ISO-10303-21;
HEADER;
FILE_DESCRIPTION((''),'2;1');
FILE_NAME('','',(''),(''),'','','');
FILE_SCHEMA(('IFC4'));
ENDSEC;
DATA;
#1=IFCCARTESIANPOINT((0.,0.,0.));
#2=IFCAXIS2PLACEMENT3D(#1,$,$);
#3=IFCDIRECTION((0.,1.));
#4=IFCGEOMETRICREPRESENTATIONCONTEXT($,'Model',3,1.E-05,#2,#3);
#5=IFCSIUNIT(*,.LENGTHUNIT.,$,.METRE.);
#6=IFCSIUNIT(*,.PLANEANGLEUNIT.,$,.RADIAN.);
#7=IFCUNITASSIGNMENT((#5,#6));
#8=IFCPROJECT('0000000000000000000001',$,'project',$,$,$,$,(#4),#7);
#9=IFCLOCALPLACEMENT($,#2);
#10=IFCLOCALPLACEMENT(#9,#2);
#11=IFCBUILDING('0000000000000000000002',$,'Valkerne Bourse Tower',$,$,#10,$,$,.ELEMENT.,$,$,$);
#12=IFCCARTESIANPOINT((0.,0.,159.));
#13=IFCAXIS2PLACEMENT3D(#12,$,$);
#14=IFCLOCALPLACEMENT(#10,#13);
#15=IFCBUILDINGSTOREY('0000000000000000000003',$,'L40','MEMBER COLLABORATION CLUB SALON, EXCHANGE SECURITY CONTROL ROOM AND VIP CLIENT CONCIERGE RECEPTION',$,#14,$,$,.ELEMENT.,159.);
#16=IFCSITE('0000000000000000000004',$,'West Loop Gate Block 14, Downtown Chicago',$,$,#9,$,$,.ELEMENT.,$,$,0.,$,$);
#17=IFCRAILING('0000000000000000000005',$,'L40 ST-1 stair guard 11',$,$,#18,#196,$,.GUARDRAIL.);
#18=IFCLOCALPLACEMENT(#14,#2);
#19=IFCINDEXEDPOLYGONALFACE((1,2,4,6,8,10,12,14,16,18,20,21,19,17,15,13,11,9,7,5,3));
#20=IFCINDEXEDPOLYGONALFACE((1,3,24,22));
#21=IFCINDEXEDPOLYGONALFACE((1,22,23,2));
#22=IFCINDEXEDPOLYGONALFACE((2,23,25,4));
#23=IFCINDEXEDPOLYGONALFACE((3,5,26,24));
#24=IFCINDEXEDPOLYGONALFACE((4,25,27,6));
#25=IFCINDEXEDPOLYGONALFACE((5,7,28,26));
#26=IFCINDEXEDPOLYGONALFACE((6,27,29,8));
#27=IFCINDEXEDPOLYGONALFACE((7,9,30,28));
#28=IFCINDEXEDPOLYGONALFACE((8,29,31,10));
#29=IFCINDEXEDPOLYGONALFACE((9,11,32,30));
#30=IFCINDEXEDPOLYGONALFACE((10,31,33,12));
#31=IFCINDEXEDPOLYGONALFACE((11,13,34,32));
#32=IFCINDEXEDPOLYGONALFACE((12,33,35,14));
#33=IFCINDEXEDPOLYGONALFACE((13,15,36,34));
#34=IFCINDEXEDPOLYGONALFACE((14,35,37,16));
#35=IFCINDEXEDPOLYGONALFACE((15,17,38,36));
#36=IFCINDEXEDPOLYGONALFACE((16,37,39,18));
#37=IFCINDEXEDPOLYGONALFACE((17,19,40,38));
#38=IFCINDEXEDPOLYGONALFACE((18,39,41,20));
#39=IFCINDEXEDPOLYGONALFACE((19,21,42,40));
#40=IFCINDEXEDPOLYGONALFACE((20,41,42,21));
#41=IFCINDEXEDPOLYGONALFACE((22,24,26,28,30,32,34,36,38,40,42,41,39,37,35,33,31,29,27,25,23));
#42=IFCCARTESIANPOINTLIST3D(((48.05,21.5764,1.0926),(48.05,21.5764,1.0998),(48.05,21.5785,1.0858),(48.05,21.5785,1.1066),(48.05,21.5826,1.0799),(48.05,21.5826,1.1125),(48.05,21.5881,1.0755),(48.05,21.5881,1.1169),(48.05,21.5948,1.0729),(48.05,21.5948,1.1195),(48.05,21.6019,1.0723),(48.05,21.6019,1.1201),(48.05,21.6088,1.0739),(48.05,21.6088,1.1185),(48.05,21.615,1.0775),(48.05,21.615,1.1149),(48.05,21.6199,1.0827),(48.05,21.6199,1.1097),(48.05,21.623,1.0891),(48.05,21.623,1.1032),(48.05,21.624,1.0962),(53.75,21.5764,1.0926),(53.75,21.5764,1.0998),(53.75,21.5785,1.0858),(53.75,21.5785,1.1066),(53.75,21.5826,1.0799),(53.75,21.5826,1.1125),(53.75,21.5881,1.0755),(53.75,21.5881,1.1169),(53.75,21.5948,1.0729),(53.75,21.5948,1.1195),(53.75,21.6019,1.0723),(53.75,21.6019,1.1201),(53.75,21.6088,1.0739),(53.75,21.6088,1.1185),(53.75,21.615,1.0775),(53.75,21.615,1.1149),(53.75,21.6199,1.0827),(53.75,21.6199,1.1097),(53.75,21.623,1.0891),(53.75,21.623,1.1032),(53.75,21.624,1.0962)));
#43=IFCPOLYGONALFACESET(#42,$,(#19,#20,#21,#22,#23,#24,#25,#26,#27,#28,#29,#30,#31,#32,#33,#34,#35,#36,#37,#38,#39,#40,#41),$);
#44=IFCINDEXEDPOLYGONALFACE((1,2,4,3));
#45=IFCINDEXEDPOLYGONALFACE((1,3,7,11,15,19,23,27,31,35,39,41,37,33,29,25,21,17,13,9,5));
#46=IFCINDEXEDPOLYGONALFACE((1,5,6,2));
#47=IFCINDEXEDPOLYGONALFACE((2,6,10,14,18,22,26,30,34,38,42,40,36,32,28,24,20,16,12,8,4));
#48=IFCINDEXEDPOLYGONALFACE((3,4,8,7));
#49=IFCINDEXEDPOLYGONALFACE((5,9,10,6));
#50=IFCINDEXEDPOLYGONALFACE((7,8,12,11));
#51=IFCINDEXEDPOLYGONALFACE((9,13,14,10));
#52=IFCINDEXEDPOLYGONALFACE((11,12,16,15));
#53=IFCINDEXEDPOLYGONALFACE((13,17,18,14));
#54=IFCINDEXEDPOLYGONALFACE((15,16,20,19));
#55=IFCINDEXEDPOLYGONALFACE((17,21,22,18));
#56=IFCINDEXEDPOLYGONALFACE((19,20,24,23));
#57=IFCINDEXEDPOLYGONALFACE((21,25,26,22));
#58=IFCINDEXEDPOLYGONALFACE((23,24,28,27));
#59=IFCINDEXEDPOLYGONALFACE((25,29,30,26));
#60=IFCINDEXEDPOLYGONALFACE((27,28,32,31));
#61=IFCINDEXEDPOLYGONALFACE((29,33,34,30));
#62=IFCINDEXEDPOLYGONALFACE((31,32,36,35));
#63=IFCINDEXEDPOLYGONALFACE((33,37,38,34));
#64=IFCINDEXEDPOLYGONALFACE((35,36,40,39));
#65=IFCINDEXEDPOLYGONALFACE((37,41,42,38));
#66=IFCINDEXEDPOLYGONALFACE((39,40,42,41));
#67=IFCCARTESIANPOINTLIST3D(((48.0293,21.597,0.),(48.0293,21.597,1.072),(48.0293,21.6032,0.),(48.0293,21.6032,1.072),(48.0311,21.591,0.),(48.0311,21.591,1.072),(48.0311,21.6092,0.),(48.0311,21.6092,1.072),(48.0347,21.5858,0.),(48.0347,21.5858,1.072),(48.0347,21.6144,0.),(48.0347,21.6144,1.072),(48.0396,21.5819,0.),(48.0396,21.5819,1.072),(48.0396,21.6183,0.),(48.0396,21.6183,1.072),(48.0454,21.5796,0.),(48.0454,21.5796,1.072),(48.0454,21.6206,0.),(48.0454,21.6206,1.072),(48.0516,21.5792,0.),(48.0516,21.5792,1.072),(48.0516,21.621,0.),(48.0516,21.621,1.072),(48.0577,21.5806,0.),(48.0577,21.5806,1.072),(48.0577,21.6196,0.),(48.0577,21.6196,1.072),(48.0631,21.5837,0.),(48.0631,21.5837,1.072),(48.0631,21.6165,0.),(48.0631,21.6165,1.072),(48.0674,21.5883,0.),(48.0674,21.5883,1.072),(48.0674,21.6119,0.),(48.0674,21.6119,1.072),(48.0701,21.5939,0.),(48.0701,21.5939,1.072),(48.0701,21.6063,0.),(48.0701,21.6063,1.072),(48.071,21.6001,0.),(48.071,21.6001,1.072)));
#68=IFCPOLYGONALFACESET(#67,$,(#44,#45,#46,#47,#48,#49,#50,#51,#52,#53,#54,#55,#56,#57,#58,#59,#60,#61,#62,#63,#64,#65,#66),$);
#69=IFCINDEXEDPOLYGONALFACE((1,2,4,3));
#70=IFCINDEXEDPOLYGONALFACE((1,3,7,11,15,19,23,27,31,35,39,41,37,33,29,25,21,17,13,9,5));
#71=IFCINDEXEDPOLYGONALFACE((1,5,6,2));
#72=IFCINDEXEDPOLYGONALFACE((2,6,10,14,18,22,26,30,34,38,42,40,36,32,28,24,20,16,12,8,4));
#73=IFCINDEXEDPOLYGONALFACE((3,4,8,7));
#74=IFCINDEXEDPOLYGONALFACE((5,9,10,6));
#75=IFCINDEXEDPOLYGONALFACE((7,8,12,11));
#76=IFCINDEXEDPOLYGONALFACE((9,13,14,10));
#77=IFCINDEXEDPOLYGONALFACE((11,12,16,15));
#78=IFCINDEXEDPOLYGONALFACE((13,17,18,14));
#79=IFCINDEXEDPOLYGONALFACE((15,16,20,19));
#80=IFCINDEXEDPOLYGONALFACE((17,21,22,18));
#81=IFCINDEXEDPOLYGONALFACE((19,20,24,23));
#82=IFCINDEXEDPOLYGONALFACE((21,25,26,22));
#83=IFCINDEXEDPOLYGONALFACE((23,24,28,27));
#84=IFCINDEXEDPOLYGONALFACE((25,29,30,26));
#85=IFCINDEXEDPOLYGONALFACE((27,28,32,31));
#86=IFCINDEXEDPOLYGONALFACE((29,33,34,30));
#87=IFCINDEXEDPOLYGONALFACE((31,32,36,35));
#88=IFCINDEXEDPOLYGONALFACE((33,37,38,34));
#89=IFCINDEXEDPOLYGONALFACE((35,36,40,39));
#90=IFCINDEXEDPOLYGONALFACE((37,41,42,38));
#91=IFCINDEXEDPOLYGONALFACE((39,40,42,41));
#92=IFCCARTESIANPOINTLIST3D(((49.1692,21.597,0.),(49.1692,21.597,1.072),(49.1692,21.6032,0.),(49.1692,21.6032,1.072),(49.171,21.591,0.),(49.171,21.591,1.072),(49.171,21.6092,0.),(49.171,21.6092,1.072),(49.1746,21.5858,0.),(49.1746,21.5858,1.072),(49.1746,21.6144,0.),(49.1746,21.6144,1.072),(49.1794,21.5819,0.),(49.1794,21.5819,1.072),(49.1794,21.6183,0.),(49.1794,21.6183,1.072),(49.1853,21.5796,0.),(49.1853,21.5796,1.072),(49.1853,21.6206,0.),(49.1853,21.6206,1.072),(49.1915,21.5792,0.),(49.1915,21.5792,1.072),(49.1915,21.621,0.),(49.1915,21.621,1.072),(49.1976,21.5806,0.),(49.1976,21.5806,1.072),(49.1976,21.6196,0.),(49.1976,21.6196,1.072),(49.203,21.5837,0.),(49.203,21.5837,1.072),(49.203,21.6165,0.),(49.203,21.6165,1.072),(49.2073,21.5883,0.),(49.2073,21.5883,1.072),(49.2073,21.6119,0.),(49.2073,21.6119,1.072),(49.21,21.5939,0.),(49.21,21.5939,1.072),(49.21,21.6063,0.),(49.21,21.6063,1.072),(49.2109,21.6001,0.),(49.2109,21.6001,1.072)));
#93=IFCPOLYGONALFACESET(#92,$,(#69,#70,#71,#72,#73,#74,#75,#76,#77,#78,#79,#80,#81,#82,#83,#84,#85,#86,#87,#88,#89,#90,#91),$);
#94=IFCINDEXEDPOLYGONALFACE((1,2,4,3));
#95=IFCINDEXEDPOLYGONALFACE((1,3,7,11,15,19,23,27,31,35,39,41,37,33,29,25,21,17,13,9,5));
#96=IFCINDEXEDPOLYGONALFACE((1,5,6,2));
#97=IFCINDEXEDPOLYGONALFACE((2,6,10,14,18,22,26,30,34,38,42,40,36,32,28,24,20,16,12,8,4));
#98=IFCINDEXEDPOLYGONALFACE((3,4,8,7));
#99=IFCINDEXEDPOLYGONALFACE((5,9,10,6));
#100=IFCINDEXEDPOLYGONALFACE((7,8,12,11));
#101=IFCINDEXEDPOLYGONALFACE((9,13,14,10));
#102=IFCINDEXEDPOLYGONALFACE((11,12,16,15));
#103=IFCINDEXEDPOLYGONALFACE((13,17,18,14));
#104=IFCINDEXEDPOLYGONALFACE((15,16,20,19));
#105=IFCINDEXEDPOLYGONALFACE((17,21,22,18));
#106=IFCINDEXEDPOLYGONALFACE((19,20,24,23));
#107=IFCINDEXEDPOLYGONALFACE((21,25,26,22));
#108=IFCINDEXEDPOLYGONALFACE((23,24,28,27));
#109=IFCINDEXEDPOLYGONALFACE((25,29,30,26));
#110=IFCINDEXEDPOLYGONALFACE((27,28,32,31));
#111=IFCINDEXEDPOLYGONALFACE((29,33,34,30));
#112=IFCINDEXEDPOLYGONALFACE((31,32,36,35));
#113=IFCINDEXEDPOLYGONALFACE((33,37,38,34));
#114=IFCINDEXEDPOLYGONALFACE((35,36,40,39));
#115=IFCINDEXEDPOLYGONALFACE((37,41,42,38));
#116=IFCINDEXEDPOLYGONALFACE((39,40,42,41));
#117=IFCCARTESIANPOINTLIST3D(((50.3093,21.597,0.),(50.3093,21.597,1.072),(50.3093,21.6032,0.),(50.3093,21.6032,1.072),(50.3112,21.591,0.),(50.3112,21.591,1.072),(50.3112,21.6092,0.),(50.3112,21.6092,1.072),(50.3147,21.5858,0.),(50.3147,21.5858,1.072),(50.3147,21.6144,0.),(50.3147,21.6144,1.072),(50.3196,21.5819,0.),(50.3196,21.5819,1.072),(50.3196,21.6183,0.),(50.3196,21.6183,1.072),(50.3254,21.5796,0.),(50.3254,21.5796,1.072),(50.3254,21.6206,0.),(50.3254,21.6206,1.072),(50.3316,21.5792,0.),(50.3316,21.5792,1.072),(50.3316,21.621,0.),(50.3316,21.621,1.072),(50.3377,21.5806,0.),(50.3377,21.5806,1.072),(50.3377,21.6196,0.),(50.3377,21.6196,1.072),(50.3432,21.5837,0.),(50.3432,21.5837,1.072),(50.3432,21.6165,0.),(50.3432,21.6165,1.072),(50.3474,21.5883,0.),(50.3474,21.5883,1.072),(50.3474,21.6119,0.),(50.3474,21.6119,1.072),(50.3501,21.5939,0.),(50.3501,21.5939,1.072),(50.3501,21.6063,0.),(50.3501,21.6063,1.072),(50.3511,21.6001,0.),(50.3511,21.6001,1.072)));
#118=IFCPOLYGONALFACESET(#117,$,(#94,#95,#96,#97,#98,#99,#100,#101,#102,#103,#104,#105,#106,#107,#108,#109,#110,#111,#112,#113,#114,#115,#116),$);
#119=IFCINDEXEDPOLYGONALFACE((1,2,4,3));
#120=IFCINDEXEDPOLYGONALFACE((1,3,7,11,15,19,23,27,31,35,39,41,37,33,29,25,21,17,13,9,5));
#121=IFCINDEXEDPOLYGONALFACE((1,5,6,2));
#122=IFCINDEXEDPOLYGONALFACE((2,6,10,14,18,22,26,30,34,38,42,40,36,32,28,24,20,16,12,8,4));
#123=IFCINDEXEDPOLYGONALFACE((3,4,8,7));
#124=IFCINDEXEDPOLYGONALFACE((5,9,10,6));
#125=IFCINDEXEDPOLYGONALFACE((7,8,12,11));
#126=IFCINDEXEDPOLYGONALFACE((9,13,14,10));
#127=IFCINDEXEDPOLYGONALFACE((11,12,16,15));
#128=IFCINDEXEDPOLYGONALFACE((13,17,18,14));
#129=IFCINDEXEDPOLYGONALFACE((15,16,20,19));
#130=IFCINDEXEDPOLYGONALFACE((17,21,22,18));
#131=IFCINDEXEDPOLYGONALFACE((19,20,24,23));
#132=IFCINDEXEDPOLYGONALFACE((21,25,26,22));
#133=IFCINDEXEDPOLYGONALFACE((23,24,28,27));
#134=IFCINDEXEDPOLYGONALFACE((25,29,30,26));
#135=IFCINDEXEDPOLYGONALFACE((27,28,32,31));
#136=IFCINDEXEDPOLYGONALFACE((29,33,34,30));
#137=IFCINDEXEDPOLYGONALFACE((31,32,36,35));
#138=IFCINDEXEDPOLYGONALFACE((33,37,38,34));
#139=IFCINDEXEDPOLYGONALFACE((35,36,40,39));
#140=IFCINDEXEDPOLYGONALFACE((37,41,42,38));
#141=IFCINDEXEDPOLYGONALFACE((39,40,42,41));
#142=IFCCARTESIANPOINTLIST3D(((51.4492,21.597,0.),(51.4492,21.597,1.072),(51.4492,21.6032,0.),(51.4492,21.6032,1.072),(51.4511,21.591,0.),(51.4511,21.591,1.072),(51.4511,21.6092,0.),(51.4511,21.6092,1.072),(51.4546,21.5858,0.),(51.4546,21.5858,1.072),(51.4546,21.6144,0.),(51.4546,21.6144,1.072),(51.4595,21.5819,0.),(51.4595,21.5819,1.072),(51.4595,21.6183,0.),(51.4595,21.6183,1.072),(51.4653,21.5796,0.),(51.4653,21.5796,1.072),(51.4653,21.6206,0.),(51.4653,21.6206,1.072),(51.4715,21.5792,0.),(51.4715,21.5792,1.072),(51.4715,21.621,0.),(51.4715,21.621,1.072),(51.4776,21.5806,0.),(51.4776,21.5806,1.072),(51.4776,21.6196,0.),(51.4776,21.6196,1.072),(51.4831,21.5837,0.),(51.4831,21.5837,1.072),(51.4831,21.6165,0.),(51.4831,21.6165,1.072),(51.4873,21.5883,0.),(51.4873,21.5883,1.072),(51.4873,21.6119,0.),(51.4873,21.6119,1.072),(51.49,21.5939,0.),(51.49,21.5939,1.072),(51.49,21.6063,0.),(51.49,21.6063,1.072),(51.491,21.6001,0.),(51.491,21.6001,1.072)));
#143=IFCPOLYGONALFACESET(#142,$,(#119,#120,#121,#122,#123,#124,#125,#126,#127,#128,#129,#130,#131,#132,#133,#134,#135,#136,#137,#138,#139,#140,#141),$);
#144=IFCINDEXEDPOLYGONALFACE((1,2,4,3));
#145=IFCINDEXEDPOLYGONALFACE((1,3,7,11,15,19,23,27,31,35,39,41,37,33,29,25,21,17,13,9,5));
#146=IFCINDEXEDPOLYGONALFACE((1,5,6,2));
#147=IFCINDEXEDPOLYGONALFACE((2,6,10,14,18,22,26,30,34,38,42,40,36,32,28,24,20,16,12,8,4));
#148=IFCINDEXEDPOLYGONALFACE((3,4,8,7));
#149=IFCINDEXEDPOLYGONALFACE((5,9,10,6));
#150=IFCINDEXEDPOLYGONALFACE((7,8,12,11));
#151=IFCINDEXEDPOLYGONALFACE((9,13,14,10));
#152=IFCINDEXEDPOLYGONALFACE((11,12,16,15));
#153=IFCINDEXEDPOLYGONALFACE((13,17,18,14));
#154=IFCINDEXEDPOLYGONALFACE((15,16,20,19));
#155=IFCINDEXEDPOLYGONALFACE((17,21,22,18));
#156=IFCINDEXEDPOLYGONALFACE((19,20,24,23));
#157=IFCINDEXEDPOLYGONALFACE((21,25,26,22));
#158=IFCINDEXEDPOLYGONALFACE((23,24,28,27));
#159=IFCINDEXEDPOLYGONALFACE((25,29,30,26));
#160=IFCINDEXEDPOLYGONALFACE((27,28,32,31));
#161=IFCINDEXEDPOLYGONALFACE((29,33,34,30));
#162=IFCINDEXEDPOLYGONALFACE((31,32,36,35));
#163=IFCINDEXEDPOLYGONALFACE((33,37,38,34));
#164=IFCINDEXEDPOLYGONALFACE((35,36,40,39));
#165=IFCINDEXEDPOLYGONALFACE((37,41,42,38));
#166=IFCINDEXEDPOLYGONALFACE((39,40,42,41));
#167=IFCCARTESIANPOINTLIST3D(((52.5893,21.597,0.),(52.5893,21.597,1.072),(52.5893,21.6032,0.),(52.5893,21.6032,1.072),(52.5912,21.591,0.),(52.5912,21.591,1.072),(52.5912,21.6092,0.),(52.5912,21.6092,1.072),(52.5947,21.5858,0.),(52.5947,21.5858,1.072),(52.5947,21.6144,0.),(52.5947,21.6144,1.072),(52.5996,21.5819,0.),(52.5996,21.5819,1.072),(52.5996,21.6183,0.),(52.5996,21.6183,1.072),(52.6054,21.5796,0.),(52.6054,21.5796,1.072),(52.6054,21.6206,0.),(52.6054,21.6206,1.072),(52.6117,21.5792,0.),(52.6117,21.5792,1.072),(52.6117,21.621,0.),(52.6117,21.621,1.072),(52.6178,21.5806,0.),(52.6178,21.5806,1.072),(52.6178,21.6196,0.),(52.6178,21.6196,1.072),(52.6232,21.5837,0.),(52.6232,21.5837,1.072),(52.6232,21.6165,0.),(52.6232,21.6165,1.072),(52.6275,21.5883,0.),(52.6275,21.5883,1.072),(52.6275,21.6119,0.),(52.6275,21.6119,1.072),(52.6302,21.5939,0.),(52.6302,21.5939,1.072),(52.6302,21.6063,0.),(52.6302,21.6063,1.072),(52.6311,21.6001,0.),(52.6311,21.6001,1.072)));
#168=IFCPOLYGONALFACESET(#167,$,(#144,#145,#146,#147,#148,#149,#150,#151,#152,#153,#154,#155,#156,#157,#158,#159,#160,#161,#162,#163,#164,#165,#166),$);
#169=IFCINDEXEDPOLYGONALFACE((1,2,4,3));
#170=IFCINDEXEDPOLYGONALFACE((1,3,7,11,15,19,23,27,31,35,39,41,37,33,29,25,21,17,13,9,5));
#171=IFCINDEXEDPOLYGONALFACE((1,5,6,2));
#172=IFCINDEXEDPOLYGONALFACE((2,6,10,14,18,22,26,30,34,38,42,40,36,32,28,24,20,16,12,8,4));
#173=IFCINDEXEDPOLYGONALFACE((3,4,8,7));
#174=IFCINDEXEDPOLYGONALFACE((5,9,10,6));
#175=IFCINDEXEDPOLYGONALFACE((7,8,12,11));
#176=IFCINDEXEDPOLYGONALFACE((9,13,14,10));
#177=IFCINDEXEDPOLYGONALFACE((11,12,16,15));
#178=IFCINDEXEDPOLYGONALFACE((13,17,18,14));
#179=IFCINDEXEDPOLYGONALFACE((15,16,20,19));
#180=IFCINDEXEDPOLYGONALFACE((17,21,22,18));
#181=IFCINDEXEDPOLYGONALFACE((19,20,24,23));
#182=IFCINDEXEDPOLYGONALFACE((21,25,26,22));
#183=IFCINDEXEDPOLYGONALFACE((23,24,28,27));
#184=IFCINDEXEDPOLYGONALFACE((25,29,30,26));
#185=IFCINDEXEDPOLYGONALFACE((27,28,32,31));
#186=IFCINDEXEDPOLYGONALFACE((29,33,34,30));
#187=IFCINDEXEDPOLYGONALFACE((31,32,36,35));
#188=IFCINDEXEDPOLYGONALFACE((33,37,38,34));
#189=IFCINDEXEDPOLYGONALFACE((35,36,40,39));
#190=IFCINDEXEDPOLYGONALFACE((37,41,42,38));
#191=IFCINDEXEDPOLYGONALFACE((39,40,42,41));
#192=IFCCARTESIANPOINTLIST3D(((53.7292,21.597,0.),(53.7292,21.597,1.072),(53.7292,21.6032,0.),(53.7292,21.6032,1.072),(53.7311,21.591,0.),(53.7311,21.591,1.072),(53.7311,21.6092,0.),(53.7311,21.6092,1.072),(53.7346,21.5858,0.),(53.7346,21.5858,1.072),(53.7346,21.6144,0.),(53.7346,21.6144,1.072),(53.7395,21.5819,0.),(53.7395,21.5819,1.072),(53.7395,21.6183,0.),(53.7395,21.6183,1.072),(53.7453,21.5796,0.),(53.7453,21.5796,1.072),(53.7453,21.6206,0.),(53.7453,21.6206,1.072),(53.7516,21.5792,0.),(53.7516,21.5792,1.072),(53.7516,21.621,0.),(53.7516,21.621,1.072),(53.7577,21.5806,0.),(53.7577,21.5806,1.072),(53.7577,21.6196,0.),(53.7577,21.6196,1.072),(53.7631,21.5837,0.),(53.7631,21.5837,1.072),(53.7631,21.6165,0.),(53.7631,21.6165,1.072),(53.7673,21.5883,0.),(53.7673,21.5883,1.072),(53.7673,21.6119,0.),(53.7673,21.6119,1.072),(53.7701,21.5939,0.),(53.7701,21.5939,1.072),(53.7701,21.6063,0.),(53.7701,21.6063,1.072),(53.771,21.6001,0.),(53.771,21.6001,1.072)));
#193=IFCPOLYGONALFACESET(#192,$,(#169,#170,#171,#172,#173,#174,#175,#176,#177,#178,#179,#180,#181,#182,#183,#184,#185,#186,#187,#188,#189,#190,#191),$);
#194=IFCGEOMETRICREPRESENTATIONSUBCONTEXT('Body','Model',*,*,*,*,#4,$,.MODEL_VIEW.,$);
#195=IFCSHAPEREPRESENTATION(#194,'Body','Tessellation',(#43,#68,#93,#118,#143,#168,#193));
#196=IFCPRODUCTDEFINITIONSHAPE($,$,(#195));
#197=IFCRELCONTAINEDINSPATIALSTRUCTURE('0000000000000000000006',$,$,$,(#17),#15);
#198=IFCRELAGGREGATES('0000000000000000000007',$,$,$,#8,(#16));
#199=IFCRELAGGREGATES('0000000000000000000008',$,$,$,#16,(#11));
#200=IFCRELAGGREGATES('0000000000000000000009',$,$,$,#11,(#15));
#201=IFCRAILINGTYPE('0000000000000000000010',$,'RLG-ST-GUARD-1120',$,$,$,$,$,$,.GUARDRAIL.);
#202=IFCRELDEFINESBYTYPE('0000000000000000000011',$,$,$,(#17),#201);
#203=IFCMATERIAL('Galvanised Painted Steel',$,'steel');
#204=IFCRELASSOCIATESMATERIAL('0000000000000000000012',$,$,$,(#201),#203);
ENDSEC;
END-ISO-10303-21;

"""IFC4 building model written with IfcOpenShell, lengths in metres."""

from ifc_helpers import new_model, si_unit, direction, frame, origin, origin_2d, place, context, subcontext, project, spatial, circle, extrude, material, type_object, element, save


model = new_model("IFC4")

# Units and contexts
model_context = context("Model", 3, precision=1e-05, world=origin(), true_north=direction((0.0, 1.0)))
body_context = subcontext(model_context, "Body", "Model", "MODEL_VIEW")
ifc_project = project(units=[si_unit("LENGTHUNIT", "METRE"), si_unit("PLANEANGLEUNIT", "RADIAN")], contexts=[model_context])

# Site, building, storey
site_placement = place(None, origin())
site = spatial("IfcSite", under=ifc_project, at=site_placement, Name="West Loop Gate Block 14, Downtown Chicago", CompositionType="ELEMENT", RefElevation=0.0)
building_placement = place(site_placement, origin())
building = spatial("IfcBuilding", under=site, at=building_placement, Name="Valkerne Bourse Tower", CompositionType="ELEMENT")
storey_placement = place(building_placement, frame((0.0, 0.0, 159.0)))
storey = spatial("IfcBuildingStorey", under=building, at=storey_placement, Name="L40", Description="MEMBER COLLABORATION CLUB SALON, EXCHANGE SECURITY CONTROL ROOM AND VIP CLIENT CONCIERGE RECEPTION", CompositionType="ELEMENT", Elevation=159.0)

# Shared definitions
ifc_material_1 = material(Name="Galvanised Painted Steel", Category="steel")

# Railing
railing_type_1 = type_object("IfcRailingType", Name="RLG-ST-GUARD-1120", PredefinedType="GUARDRAIL", material=ifc_material_1)
for number, where, name in (
    (1, (48.05, 21.6001, 0.0), "L40 ST-1 stair guard 11"),
):
    element("IfcRailing", number, at=place(storey_placement, frame(where)), inside=storey, type_object=railing_type_1, Name=name, PredefinedType="GUARDRAIL", context=body_context, shape_type="SweptSolid", body=[
        extrude(circle(Radius=0.0239, at=origin_2d()), frame((0.0, 0.0, 1.0962), z_axis=(1.0, 0.0, 0.0), x_axis=(0.0, 1.0, 0.0)), (0.0, 0.0, 1.0), 5.7),
        extrude(circle(Radius=0.021, at=origin_2d()), origin(), (0.0, 0.0, 1.0), 1.072),
        extrude(circle(Radius=0.021, at=origin_2d()), frame((1.1399, 0.0, 0.0)), (0.0, 0.0, 1.0), 1.072),
        extrude(circle(Radius=0.021, at=origin_2d()), frame((2.28, 0.0, 0.0)), (0.0, 0.0, 1.0), 1.072),
        extrude(circle(Radius=0.021, at=origin_2d()), frame((3.4199, 0.0, 0.0)), (0.0, 0.0, 1.0), 1.072),
        extrude(circle(Radius=0.021, at=origin_2d()), frame((4.5601, 0.0, 0.0)), (0.0, 0.0, 1.0), 1.072),
        extrude(circle(Radius=0.021, at=origin_2d()), frame((5.7, 0.0, 0.0)), (0.0, 0.0, 1.0), 1.072),
    ])

save(model, "model.ifc")
